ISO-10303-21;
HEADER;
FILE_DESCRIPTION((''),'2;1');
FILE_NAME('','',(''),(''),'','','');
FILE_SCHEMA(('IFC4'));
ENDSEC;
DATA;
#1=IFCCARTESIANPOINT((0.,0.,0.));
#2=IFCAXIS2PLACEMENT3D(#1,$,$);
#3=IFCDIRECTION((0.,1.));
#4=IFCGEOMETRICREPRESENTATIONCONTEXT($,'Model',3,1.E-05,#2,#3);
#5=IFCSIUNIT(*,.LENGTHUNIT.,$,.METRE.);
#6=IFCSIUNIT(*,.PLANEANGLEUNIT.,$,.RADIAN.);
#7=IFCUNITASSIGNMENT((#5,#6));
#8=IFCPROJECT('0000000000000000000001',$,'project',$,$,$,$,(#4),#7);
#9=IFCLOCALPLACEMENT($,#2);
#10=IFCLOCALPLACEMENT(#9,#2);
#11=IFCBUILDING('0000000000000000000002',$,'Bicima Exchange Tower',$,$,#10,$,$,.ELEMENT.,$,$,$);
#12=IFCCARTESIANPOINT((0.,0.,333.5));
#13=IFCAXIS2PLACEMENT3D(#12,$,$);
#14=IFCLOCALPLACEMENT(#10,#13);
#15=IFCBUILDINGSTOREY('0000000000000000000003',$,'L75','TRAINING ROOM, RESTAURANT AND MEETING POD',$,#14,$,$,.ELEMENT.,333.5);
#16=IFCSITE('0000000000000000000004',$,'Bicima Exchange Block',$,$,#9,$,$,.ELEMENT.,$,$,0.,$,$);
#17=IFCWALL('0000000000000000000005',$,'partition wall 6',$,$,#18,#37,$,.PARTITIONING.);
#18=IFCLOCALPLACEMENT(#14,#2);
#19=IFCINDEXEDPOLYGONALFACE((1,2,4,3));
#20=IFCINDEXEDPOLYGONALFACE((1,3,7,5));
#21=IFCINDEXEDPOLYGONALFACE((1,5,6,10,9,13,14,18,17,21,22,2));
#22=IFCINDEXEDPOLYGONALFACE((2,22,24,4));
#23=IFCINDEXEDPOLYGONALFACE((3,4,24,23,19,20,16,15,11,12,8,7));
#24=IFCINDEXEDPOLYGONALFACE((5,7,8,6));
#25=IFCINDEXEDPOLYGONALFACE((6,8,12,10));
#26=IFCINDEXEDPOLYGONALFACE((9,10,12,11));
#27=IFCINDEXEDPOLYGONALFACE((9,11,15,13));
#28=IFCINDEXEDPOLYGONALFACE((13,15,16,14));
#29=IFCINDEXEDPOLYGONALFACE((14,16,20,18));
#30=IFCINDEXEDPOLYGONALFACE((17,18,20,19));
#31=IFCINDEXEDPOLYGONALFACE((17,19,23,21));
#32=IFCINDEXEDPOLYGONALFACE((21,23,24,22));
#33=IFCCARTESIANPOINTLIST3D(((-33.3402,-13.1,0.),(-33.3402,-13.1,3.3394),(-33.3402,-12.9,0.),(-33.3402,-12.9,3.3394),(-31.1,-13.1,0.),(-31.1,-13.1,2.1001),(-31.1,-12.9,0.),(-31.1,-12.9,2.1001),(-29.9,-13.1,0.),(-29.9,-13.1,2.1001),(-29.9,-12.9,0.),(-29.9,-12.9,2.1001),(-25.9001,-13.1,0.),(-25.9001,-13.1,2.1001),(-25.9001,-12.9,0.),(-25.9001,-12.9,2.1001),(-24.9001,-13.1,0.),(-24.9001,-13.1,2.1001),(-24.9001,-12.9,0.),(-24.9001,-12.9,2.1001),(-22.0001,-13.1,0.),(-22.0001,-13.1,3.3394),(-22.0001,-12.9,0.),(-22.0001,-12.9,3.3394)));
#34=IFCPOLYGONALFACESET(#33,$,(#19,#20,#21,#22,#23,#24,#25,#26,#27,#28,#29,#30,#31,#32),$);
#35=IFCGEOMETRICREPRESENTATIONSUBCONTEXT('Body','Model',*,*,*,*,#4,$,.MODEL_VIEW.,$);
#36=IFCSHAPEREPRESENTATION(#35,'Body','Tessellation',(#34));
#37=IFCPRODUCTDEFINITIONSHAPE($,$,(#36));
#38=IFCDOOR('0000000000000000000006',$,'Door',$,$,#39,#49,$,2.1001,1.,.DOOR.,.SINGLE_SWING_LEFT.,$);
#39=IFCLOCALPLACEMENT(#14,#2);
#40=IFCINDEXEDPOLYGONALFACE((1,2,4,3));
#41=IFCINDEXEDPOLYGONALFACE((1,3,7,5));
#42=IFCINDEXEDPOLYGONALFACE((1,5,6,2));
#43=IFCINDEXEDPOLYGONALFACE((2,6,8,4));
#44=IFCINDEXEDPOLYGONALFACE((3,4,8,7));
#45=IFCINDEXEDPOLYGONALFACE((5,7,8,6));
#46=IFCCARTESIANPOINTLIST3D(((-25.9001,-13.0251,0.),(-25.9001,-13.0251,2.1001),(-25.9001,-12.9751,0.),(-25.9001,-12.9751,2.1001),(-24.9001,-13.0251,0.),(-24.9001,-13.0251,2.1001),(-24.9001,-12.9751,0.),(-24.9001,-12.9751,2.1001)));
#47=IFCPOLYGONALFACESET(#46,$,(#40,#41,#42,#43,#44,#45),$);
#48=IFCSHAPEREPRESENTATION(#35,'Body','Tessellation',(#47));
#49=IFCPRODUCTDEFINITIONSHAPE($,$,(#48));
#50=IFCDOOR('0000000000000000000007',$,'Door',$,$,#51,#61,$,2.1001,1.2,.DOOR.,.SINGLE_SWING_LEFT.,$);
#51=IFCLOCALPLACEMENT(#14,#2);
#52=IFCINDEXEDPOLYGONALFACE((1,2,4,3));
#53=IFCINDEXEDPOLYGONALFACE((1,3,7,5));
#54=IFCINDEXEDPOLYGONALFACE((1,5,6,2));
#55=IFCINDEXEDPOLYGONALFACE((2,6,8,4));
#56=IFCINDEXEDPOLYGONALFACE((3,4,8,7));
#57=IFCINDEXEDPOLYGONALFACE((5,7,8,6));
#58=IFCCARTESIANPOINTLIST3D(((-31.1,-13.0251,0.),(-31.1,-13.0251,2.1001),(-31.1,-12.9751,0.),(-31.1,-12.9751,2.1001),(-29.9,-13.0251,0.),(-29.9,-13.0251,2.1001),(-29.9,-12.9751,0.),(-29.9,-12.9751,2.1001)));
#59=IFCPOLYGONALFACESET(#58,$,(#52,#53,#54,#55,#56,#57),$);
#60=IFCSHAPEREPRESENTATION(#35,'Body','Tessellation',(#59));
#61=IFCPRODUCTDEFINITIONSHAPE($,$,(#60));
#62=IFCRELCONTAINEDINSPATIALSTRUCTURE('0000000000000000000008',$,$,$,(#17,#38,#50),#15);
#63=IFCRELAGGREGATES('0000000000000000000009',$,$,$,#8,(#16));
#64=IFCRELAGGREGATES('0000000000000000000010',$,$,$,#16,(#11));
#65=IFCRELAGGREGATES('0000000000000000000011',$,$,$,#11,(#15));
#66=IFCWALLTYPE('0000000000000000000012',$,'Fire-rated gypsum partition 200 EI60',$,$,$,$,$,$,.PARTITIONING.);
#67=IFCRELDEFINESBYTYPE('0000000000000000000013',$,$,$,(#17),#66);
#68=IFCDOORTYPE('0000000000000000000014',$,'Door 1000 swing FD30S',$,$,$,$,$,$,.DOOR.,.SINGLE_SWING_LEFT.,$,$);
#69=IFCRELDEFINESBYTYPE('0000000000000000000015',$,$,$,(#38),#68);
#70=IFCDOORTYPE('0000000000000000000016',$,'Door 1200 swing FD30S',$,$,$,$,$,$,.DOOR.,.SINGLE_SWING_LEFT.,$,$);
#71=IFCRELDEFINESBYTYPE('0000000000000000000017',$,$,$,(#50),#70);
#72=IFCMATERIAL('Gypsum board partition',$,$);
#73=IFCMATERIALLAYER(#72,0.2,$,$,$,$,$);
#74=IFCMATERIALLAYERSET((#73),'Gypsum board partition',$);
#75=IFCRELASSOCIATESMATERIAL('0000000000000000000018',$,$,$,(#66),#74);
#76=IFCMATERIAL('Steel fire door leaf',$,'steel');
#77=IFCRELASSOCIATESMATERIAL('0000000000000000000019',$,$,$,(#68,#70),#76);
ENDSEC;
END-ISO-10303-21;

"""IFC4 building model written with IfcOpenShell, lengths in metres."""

from ifc_helpers import new_model, si_unit, direction, frame, frame_2d, origin, place, context, subcontext, project, spatial, rectangle, extrude, material, layer, layer_set, type_object, element, fill, save


model = new_model("IFC4")

# Units and contexts
model_context = context("Model", 3, precision=1e-05, world=origin(), true_north=direction((0.0, 1.0)))
body_context = subcontext(model_context, "Body", "Model", "MODEL_VIEW")
ifc_project = project(units=[si_unit("LENGTHUNIT", "METRE"), si_unit("PLANEANGLEUNIT", "RADIAN")], contexts=[model_context])

# Site, building, storey
site_placement = place(None, origin())
site = spatial("IfcSite", under=ifc_project, at=site_placement, Name="Bicima Exchange Block", CompositionType="ELEMENT", RefElevation=0.0)
building_placement = place(site_placement, origin())
building = spatial("IfcBuilding", under=site, at=building_placement, Name="Bicima Exchange Tower", CompositionType="ELEMENT")
storey_placement = place(building_placement, frame((0.0, 0.0, 333.5)))
storey = spatial("IfcBuildingStorey", under=building, at=storey_placement, Name="L75", Description="TRAINING ROOM, RESTAURANT AND MEETING POD", CompositionType="ELEMENT", Elevation=333.5)

# Wall, openings, doors
ifc_material_1 = material(Name="Gypsum board partition")
ifc_layer_1 = layer(ifc_material_1, 0.2)
ifc_layer_set_1 = layer_set([ifc_layer_1], Name="Gypsum board partition")
wall_type = type_object("IfcWallType", Name="Fire-rated gypsum partition 200 EI60", PredefinedType="PARTITIONING", material=ifc_layer_set_1)
ifc_material_2 = material(Name="Steel fire door leaf", Category="steel")
door_type_1 = type_object("IfcDoorType", Name="Door 1000 swing FD30S", OperationType="SINGLE_SWING_LEFT", PredefinedType="DOOR", material=ifc_material_2)
wall_1_placement = place(storey_placement, frame((-33.3401, -13.0, 0.0), z_axis=(0.0, 0.0, 1.0), x_axis=(1.0, 0.0, 0.0)))
wall_1 = element("IfcWall", 1, at=wall_1_placement, inside=storey, type_object=wall_type, Name="partition wall 6", PredefinedType="PARTITIONING", context=body_context, shape_type="SweptSolid", body=[
    extrude(rectangle(XDim=11.3401, YDim=0.2, at=frame_2d((5.6699, 0.0))), origin(), (0.0, 0.0, 1.0), 3.3394),
])
opening_1_placement = place(wall_1_placement, frame((2.24, 0.0, 0.0)))
opening_1 = element("IfcOpeningElement", 2, at=opening_1_placement, cuts=wall_1, PredefinedType="OPENING", context=body_context, shape_type="SweptSolid", body=[
    extrude(rectangle(XDim=1.2, YDim=2.1001, at=frame_2d((0.6001, 1.05))), frame((0.0, 0.1118, 0.0), z_axis=(0.0, -1.0, 0.0), x_axis=(1.0, 0.0, 0.0)), (0.0, 0.0, 1.0), 0.2239),
])
opening_2_placement = place(wall_1_placement, frame((7.4399, 0.0, 0.0)))
opening_2 = element("IfcOpeningElement", 3, at=opening_2_placement, cuts=wall_1, PredefinedType="OPENING", context=body_context, shape_type="SweptSolid", body=[
    extrude(rectangle(XDim=1.0, YDim=2.1001, at=frame_2d((0.5, 1.05))), frame((0.0, 0.1118, 0.0), z_axis=(0.0, -1.0, 0.0), x_axis=(1.0, 0.0, 0.0)), (0.0, 0.0, 1.0), 0.2239),
])
door_1_placement = place(opening_2_placement, origin())
door_1 = element("IfcDoor", 4, at=door_1_placement, inside=storey, type_object=door_type_1, Name="Door", OperationType="SINGLE_SWING_LEFT", OverallHeight=2.1001, OverallWidth=1.0, PredefinedType="DOOR", context=body_context, shape_type="SweptSolid", body=[
    extrude(rectangle(XDim=1.0, YDim=2.1001, at=frame_2d((0.5, 1.05))), frame((0.0, 0.0249, 0.0), z_axis=(0.0, -1.0, 0.0), x_axis=(1.0, 0.0, 0.0)), (0.0, 0.0, 1.0), 0.05),
])
fill(opening_2, door_1)
door_type_2 = type_object("IfcDoorType", Name="Door 1200 swing FD30S", OperationType="SINGLE_SWING_LEFT", PredefinedType="DOOR", material=ifc_material_2)
door_2_placement = place(opening_1_placement, origin())
door_2 = element("IfcDoor", 5, at=door_2_placement, inside=storey, type_object=door_type_2, Name="Door", OperationType="SINGLE_SWING_LEFT", OverallHeight=2.1001, OverallWidth=1.2, PredefinedType="DOOR", context=body_context, shape_type="SweptSolid", body=[
    extrude(rectangle(XDim=1.2, YDim=2.1001, at=frame_2d((0.6001, 1.05))), frame((0.0, 0.0249, 0.0), z_axis=(0.0, -1.0, 0.0), x_axis=(1.0, 0.0, 0.0)), (0.0, 0.0, 1.0), 0.05),
])
fill(opening_1, door_2)

save(model, "model.ifc")
